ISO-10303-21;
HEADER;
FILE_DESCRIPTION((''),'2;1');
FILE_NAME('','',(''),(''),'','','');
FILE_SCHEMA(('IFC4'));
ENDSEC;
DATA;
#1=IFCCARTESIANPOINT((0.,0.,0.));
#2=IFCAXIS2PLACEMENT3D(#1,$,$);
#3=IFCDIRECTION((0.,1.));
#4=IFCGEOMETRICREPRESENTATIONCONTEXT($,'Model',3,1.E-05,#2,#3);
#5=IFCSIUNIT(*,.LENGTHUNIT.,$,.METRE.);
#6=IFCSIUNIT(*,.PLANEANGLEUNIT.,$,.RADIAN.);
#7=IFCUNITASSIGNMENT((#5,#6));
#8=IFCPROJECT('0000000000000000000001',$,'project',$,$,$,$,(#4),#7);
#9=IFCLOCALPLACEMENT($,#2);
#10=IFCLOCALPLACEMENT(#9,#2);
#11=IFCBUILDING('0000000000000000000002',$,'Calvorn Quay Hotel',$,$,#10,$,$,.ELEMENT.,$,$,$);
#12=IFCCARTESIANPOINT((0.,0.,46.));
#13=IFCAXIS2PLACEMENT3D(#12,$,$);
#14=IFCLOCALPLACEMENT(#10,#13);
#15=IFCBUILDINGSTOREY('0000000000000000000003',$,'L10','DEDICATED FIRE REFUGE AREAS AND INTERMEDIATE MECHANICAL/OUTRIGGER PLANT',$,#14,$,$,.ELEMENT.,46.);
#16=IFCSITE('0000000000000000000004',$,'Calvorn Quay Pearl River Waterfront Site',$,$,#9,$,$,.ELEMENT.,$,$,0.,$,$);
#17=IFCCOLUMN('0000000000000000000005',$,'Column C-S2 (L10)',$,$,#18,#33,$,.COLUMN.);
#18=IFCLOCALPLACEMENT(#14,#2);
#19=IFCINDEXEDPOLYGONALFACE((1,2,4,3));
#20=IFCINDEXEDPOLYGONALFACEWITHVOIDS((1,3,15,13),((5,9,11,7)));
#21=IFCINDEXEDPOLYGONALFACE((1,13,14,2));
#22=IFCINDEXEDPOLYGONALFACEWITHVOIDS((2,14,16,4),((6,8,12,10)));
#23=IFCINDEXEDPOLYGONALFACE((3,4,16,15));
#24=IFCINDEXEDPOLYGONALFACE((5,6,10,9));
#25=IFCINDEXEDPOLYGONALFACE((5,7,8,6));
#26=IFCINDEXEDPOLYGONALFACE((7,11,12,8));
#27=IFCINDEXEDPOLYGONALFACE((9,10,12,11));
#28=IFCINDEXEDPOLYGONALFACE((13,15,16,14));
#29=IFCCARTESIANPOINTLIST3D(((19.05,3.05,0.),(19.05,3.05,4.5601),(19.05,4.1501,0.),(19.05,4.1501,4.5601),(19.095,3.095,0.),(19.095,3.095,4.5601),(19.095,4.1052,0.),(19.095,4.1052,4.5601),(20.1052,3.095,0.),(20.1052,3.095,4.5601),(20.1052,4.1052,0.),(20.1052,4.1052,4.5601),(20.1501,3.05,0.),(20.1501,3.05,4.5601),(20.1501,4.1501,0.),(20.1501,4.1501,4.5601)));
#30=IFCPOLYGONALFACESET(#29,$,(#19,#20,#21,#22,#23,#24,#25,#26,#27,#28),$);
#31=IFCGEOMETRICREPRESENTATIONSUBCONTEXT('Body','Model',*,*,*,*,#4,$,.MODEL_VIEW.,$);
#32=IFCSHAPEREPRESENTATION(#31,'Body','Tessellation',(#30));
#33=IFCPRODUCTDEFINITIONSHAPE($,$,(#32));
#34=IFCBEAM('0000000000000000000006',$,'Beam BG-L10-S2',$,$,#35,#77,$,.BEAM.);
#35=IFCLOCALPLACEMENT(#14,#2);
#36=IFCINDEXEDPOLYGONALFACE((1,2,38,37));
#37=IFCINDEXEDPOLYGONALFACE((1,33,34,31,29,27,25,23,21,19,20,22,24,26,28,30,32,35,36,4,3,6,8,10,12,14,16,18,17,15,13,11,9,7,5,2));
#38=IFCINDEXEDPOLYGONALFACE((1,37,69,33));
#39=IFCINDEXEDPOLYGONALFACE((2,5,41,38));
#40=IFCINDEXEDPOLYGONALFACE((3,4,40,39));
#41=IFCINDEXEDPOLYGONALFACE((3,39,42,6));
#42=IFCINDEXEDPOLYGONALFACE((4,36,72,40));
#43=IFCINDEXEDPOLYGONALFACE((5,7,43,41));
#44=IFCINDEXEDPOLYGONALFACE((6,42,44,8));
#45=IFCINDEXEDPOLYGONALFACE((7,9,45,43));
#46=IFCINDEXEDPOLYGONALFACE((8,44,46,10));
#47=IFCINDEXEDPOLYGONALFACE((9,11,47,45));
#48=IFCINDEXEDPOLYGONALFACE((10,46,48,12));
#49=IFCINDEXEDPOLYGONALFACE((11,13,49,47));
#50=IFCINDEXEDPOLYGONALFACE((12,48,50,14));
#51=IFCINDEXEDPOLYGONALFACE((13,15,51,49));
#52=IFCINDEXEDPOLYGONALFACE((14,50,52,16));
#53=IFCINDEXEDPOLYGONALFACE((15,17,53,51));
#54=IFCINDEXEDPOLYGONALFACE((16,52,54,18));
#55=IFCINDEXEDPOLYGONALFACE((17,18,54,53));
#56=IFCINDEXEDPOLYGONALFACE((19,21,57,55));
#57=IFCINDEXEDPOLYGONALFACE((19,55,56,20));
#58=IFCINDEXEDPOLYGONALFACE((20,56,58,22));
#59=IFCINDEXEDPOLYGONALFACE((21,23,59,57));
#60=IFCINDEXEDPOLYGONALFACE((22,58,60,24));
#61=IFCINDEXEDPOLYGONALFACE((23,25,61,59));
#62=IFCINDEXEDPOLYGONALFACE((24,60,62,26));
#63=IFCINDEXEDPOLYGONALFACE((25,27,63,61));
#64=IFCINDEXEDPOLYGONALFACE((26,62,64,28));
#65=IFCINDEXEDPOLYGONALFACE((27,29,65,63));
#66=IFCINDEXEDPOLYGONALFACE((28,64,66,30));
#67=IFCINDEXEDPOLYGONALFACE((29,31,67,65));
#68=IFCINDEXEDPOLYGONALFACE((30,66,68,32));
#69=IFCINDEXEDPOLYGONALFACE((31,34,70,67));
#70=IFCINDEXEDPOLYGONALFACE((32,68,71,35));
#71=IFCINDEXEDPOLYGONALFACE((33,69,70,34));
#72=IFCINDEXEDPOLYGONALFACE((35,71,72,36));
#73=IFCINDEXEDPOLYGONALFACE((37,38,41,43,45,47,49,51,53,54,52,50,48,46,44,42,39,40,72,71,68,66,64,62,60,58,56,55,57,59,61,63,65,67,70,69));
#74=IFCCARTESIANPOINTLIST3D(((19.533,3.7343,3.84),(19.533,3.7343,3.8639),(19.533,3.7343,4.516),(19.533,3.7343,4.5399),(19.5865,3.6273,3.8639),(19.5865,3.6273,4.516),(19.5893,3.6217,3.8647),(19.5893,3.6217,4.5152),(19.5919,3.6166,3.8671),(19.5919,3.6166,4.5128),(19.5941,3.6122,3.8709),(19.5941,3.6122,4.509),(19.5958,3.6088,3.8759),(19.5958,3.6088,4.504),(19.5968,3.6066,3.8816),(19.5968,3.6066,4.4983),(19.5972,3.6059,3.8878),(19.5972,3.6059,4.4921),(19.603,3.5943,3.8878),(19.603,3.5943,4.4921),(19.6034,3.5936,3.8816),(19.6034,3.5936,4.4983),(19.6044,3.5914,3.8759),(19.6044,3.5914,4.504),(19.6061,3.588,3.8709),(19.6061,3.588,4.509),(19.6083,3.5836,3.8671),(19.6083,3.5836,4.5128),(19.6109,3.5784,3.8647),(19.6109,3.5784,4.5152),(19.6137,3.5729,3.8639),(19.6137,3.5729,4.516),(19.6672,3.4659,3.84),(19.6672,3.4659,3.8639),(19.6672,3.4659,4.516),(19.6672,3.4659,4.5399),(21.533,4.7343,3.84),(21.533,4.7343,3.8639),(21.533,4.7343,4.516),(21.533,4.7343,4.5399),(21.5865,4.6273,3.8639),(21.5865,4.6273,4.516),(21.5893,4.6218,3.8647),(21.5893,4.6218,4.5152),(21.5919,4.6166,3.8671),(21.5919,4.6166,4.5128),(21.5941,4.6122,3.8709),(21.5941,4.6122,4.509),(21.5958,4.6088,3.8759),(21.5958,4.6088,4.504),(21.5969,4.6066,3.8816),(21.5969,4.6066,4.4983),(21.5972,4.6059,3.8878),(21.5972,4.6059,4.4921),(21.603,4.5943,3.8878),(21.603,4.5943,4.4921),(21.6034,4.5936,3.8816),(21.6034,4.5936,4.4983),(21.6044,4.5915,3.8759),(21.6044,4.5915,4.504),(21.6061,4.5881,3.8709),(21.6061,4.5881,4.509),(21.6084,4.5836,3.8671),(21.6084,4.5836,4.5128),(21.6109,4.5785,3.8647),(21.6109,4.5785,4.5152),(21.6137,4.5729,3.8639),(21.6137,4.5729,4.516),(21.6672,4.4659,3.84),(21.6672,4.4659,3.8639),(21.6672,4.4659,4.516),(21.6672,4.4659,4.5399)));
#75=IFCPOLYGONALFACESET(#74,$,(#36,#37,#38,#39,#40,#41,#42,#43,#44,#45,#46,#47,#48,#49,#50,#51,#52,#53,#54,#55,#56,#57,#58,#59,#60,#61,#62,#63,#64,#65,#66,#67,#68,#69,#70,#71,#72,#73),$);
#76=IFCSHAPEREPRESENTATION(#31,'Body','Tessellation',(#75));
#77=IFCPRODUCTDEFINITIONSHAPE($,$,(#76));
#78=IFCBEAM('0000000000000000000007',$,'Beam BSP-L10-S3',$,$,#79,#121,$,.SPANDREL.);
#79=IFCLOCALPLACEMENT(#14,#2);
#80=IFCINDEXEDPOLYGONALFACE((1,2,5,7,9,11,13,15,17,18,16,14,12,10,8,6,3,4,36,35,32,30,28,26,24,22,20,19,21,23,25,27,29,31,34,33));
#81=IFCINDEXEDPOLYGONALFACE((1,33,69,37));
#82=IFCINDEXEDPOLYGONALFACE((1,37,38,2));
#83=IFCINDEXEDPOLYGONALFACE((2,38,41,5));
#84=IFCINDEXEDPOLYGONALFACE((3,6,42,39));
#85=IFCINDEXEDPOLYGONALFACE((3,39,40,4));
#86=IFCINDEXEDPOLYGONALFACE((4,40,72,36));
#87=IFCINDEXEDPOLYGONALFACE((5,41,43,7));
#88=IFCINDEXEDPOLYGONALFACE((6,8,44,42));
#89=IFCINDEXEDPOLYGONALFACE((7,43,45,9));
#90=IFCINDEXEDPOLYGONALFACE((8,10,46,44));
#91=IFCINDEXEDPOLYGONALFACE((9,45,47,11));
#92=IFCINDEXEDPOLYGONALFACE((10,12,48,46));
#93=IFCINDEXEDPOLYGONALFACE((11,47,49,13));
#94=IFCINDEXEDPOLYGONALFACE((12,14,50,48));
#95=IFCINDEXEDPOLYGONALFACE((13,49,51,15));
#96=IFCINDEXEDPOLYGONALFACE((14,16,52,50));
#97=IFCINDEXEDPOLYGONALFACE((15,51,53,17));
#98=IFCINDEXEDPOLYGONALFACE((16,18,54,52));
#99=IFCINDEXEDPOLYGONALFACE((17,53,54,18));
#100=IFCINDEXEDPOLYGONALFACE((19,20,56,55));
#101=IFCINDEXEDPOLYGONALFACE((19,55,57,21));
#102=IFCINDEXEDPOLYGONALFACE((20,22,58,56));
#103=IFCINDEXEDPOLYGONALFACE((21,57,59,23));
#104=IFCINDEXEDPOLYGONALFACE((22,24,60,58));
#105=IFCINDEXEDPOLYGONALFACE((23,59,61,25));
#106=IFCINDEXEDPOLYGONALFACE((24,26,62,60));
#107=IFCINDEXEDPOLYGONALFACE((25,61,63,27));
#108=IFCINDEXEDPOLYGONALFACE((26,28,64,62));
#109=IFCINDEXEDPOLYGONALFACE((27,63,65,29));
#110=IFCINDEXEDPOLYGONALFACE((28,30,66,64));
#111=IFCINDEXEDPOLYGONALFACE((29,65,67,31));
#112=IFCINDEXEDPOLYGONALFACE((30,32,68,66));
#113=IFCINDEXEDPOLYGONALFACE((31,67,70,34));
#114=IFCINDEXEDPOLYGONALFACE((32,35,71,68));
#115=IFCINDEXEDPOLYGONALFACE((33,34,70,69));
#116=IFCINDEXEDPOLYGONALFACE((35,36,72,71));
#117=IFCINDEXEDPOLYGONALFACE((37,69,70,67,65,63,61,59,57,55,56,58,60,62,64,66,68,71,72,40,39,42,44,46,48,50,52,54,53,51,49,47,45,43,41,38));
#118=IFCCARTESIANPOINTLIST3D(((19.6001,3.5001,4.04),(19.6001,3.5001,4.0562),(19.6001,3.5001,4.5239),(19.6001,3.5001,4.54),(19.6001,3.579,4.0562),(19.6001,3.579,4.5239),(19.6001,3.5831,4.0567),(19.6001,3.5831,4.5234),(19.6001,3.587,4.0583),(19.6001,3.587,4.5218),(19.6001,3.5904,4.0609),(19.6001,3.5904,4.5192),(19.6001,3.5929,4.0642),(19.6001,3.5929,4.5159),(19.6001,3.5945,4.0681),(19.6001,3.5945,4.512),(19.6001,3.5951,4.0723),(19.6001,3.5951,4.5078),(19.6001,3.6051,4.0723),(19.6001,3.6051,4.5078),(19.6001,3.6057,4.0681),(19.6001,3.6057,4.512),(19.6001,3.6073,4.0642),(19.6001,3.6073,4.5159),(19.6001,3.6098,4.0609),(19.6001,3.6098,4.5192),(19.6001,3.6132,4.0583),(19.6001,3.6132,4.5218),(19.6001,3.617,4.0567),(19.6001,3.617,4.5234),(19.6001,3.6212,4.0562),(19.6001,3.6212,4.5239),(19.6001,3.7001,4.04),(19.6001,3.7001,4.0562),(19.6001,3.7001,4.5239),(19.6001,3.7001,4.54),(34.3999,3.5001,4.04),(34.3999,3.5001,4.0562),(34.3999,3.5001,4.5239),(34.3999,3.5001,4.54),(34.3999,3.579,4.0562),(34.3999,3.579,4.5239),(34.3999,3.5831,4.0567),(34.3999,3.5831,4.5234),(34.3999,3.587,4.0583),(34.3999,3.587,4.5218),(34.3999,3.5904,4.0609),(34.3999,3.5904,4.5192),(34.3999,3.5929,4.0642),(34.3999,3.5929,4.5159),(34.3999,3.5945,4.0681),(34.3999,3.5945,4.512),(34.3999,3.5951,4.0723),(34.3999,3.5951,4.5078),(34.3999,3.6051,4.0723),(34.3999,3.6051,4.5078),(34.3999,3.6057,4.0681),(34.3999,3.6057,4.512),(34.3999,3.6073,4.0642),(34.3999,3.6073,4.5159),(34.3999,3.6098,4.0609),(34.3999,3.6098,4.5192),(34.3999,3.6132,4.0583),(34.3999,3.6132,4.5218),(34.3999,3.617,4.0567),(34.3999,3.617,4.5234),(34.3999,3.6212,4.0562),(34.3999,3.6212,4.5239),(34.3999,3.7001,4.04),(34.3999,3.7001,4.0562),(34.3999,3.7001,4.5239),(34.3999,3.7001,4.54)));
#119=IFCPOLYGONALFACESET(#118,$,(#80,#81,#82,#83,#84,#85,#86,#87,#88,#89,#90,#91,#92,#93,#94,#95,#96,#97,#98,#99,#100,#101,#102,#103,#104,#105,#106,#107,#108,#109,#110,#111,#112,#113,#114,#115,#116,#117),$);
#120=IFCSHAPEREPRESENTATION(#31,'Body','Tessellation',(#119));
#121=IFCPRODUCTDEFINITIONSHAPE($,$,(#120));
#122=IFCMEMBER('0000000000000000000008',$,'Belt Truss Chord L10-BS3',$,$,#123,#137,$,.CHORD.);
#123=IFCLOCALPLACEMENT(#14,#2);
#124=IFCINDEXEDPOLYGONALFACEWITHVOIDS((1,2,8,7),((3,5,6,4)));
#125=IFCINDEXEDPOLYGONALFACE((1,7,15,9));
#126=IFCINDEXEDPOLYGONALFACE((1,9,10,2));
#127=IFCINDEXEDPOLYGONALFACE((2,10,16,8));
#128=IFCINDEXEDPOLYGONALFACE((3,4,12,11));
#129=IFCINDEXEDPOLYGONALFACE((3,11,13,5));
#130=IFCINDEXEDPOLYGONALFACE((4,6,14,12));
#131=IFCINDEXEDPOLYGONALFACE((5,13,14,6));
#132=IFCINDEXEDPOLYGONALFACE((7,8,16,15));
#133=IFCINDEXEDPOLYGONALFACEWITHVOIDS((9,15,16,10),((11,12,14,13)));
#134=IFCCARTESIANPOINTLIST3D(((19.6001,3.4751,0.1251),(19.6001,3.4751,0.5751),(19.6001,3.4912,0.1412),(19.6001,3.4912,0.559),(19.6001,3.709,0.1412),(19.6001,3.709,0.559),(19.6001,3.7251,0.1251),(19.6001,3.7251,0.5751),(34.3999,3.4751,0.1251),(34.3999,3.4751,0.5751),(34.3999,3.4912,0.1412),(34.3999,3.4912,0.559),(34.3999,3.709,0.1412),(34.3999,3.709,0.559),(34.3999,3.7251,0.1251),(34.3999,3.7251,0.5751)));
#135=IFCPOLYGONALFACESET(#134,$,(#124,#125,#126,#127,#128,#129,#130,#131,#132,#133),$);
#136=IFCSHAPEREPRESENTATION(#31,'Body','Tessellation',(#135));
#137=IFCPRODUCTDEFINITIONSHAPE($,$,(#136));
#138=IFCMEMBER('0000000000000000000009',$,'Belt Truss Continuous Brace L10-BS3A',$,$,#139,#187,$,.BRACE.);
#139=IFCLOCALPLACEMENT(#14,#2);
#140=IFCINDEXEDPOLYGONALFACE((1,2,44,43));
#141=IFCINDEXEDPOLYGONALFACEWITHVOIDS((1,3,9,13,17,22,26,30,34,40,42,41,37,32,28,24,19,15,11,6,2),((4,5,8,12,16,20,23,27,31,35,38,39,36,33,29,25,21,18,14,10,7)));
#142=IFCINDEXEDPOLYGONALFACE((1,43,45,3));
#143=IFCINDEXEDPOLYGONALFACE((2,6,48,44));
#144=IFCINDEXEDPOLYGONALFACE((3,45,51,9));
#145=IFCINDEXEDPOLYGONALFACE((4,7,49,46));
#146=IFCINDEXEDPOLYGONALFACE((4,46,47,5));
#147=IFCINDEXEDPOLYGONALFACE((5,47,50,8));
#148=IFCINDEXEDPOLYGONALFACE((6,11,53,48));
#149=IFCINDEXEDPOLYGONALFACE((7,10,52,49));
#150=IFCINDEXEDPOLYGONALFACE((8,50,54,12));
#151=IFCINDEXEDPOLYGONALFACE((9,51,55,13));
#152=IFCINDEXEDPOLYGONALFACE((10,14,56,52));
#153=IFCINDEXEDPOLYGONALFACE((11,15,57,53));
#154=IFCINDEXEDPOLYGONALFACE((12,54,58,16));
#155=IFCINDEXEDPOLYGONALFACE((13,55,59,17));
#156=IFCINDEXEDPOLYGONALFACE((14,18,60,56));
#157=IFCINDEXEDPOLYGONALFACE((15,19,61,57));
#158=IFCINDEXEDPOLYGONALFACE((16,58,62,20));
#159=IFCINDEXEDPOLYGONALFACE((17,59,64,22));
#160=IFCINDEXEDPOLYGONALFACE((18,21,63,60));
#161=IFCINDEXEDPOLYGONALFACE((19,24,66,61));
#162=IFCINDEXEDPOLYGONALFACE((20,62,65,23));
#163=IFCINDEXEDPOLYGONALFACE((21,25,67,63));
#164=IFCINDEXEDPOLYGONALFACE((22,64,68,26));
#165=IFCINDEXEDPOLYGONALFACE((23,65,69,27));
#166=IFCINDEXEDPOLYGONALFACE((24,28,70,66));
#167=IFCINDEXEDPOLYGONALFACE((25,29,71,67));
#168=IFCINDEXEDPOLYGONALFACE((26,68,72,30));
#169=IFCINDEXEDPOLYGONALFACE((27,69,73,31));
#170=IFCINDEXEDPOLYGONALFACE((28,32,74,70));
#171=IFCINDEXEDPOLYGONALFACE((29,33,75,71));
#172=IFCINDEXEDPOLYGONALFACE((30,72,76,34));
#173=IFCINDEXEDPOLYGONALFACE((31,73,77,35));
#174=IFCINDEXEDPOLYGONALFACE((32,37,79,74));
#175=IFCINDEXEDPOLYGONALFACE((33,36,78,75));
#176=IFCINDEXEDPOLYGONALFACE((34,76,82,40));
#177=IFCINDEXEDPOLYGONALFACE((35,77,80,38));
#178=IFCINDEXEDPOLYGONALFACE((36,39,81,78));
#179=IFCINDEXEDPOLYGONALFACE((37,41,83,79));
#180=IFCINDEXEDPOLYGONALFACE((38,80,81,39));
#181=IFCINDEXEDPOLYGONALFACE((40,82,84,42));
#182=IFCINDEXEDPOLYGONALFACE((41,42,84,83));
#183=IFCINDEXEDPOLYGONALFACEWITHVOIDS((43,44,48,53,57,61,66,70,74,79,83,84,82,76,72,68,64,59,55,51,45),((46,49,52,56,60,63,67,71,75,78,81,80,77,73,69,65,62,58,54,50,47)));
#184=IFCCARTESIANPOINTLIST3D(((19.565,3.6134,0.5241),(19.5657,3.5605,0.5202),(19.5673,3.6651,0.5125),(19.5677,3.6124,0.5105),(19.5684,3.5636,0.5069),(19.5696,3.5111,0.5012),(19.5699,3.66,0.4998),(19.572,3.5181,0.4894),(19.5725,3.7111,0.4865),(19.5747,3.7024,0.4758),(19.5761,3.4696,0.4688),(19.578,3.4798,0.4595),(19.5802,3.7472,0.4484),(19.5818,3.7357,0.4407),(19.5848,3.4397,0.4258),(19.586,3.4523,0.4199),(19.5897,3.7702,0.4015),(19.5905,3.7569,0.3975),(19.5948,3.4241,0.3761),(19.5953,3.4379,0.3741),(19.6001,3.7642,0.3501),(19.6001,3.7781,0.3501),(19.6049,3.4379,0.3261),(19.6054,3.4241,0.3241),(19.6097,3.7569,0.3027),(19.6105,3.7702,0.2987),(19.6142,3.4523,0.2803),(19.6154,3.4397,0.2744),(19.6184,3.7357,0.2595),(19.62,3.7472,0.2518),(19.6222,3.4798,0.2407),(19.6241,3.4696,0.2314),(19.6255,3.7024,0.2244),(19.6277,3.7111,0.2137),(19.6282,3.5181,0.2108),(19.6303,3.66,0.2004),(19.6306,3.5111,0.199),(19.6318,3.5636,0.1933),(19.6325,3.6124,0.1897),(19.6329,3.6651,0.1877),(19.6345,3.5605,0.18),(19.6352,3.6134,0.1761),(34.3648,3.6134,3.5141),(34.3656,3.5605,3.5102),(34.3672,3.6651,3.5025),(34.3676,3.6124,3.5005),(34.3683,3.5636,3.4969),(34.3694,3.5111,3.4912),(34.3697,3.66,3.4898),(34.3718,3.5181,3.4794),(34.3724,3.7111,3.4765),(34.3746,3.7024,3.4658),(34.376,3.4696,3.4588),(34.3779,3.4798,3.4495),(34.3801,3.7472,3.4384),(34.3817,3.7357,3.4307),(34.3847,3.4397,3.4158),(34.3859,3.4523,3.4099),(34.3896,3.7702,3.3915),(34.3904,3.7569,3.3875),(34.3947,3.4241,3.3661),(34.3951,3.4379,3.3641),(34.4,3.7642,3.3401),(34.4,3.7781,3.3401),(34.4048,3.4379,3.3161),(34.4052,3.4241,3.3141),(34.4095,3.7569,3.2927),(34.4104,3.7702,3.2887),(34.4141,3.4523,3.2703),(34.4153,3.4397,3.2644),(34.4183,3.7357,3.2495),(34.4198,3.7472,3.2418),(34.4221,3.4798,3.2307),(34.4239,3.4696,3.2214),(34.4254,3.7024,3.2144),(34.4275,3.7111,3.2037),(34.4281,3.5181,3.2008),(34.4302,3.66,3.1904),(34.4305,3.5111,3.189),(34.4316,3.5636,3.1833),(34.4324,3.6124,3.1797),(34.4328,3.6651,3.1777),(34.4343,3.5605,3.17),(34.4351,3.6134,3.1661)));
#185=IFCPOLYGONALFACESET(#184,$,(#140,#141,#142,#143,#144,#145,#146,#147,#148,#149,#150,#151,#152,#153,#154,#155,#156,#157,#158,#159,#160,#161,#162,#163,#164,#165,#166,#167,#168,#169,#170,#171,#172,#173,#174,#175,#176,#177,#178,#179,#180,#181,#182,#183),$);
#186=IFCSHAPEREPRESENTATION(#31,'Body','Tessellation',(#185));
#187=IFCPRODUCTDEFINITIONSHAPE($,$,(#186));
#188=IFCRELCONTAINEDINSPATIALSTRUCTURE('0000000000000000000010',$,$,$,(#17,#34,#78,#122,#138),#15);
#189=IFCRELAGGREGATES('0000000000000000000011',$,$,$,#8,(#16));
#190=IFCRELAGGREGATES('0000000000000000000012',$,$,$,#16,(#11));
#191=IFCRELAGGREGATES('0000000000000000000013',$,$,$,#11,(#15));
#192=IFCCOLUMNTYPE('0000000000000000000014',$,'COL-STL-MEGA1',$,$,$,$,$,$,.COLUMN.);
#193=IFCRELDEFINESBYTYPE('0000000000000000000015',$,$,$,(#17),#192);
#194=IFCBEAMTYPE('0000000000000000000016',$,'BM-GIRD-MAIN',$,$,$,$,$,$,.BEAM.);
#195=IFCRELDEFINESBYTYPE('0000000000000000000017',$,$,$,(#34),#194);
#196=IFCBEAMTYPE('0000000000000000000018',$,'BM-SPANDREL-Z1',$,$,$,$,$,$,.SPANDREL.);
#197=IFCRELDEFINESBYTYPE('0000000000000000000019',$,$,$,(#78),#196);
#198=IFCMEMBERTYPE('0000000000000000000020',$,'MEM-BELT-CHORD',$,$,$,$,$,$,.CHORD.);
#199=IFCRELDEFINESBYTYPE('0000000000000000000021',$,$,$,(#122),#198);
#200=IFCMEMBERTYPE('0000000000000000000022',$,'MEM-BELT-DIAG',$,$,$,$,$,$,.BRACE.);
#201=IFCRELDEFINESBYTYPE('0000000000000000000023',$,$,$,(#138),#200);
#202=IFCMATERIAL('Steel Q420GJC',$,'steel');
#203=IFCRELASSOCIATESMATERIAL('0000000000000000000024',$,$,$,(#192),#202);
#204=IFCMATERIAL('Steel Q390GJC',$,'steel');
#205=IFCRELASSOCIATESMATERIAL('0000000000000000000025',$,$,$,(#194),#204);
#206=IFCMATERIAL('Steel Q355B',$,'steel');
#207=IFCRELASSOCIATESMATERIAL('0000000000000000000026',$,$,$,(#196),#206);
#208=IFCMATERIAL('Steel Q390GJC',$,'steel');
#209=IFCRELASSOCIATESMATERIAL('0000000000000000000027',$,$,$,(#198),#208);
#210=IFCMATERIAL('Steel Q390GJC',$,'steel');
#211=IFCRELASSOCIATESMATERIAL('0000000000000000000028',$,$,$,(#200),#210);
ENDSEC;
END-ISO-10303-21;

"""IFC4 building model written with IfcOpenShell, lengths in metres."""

from ifc_helpers import new_model, si_unit, direction, frame, origin, origin_2d, place, context, subcontext, project, spatial, hollow_rectangle, hollow_circle, i_section, extrude, material, material_profile, profile_set, type_object, element, save


model = new_model("IFC4")

# Units and contexts
model_context = context("Model", 3, precision=1e-05, world=origin(), true_north=direction((0.0, 1.0)))
body_context = subcontext(model_context, "Body", "Model", "MODEL_VIEW")
ifc_project = project(units=[si_unit("LENGTHUNIT", "METRE"), si_unit("PLANEANGLEUNIT", "RADIAN")], contexts=[model_context])

# Site, building, storey
site_placement = place(None, origin())
site = spatial("IfcSite", under=ifc_project, at=site_placement, Name="Calvorn Quay Pearl River Waterfront Site", CompositionType="ELEMENT", RefElevation=0.0)
building_placement = place(site_placement, origin())
building = spatial("IfcBuilding", under=site, at=building_placement, Name="Calvorn Quay Hotel", CompositionType="ELEMENT")
storey_placement = place(building_placement, frame((0.0, 0.0, 46.0)))
storey = spatial("IfcBuildingStorey", under=building, at=storey_placement, Name="L10", Description="DEDICATED FIRE REFUGE AREAS AND INTERMEDIATE MECHANICAL/OUTRIGGER PLANT", CompositionType="ELEMENT", Elevation=46.0)

# Column
ifc_material_1 = material(Name="Steel Q420GJC", Category="steel")
ifc_material_profile_1 = material_profile(ifc_material_1, hollow_rectangle(XDim=1.1001, YDim=1.1001, WallThickness=0.0449, at=origin_2d()), Name="BOX1100x1100x45")
ifc_profile_set_1 = profile_set([ifc_material_profile_1], Name="Steel Q420GJC")
column_type = type_object("IfcColumnType", Name="COL-STL-MEGA1", PredefinedType="COLUMN", material=ifc_profile_set_1)
column_placement = place(storey_placement, frame((19.6001, 3.6001, 0.0), z_axis=(0.0, 0.0, 1.0), x_axis=(1.0, 0.0, 0.0)))
element("IfcColumn", 1, at=column_placement, inside=storey, type_object=column_type, Name="Column C-S2 (L10)", PredefinedType="COLUMN", context=body_context, shape_type="SweptSolid", body=[
    extrude(hollow_rectangle(XDim=1.1001, YDim=1.1001, WallThickness=0.0449, at=origin_2d()), origin(), (0.0, 0.0, 1.0), 4.5601),
])

# Beams
ifc_material_2 = material(Name="Steel Q390GJC", Category="steel")
ifc_material_profile_2 = material_profile(ifc_material_2, i_section(OverallWidth=0.3, OverallDepth=0.7, WebThickness=0.0129, FlangeThickness=0.0239, FilletRadius=0.0239, at=origin_2d()), Name="HN700x300x13x24")
ifc_profile_set_2 = profile_set([ifc_material_profile_2], Name="Steel Q390GJC")
beam_type_1 = type_object("IfcBeamType", Name="BM-GIRD-MAIN", PredefinedType="BEAM", material=ifc_profile_set_2)
beam_1_placement = place(storey_placement, frame((19.6001, 3.6001, 4.1899), z_axis=(0.894427, 0.447214, 0.0), x_axis=(-0.447214, 0.894427, 0.0)))
element("IfcBeam", 2, at=beam_1_placement, inside=storey, type_object=beam_type_1, Name="Beam BG-L10-S2", PredefinedType="BEAM", context=body_context, shape_type="SweptSolid", body=[
    extrude(i_section(OverallWidth=0.3, OverallDepth=0.7, WebThickness=0.0129, FlangeThickness=0.0239, FilletRadius=0.0239, at=origin_2d()), origin(), (0.0, 0.0, 1.0), 2.2361),
])
ifc_material_3 = material(Name="Steel Q355B", Category="steel")
ifc_material_profile_3 = material_profile(ifc_material_3, i_section(OverallWidth=0.2, OverallDepth=0.5, WebThickness=0.01, FlangeThickness=0.0161, FilletRadius=0.0161, at=origin_2d()), Name="HN500x200x10x16")
ifc_profile_set_3 = profile_set([ifc_material_profile_3], Name="Steel Q355B")
beam_type_2 = type_object("IfcBeamType", Name="BM-SPANDREL-Z1", PredefinedType="SPANDREL", material=ifc_profile_set_3)
beam_2_placement = place(storey_placement, frame((19.6001, 3.6001, 4.29), z_axis=(1.0, 0.0, 0.0), x_axis=(0.0, 1.0, 0.0)))
element("IfcBeam", 3, at=beam_2_placement, inside=storey, type_object=beam_type_2, Name="Beam BSP-L10-S3", PredefinedType="SPANDREL", context=body_context, shape_type="SweptSolid", body=[
    extrude(i_section(OverallWidth=0.2, OverallDepth=0.5, WebThickness=0.01, FlangeThickness=0.0161, FilletRadius=0.0161, at=origin_2d()), origin(), (0.0, 0.0, 1.0), 14.7998),
])

# Members
ifc_material_4 = material(Name="Steel Q390GJC", Category="steel")
ifc_material_profile_4 = material_profile(ifc_material_4, hollow_rectangle(XDim=0.25, YDim=0.45, WallThickness=0.0161, at=origin_2d()), Name="RHS450x250x16")
ifc_profile_set_4 = profile_set([ifc_material_profile_4], Name="Steel Q390GJC")
member_type_1 = type_object("IfcMemberType", Name="MEM-BELT-CHORD", PredefinedType="CHORD", material=ifc_profile_set_4)
member_1_placement = place(storey_placement, frame((19.6001, 3.6001, 0.3501), z_axis=(1.0, 0.0, 0.0), x_axis=(0.0, 1.0, 0.0)))
element("IfcMember", 4, at=member_1_placement, inside=storey, type_object=member_type_1, Name="Belt Truss Chord L10-BS3", PredefinedType="CHORD", context=body_context, shape_type="SweptSolid", body=[
    extrude(hollow_rectangle(XDim=0.25, YDim=0.45, WallThickness=0.0161, at=origin_2d()), origin(), (0.0, 0.0, 1.0), 14.7998),
])
ifc_material_5 = material(Name="Steel Q390GJC", Category="steel")
ifc_material_profile_5 = material_profile(ifc_material_5, hollow_circle(Radius=0.178, WallThickness=0.0139, at=origin_2d()), Name="CHS356x14")
ifc_profile_set_5 = profile_set([ifc_material_profile_5], Name="Steel Q390GJC")
member_type_2 = type_object("IfcMemberType", Name="MEM-BELT-DIAG", PredefinedType="BRACE", material=ifc_profile_set_5)
member_2_placement = place(storey_placement, frame((19.6001, 3.6001, 0.3501), z_axis=(0.980196, 0.0, 0.198028), x_axis=(0.0, 1.0, 0.0)))
element("IfcMember", 5, at=member_2_placement, inside=storey, type_object=member_type_2, Name="Belt Truss Continuous Brace L10-BS3A", PredefinedType="BRACE", context=body_context, shape_type="SweptSolid", body=[
    extrude(hollow_circle(Radius=0.178, WallThickness=0.0139, at=origin_2d()), origin(), (0.0, 0.0, 1.0), 15.0989),
])

save(model, "model.ifc")
